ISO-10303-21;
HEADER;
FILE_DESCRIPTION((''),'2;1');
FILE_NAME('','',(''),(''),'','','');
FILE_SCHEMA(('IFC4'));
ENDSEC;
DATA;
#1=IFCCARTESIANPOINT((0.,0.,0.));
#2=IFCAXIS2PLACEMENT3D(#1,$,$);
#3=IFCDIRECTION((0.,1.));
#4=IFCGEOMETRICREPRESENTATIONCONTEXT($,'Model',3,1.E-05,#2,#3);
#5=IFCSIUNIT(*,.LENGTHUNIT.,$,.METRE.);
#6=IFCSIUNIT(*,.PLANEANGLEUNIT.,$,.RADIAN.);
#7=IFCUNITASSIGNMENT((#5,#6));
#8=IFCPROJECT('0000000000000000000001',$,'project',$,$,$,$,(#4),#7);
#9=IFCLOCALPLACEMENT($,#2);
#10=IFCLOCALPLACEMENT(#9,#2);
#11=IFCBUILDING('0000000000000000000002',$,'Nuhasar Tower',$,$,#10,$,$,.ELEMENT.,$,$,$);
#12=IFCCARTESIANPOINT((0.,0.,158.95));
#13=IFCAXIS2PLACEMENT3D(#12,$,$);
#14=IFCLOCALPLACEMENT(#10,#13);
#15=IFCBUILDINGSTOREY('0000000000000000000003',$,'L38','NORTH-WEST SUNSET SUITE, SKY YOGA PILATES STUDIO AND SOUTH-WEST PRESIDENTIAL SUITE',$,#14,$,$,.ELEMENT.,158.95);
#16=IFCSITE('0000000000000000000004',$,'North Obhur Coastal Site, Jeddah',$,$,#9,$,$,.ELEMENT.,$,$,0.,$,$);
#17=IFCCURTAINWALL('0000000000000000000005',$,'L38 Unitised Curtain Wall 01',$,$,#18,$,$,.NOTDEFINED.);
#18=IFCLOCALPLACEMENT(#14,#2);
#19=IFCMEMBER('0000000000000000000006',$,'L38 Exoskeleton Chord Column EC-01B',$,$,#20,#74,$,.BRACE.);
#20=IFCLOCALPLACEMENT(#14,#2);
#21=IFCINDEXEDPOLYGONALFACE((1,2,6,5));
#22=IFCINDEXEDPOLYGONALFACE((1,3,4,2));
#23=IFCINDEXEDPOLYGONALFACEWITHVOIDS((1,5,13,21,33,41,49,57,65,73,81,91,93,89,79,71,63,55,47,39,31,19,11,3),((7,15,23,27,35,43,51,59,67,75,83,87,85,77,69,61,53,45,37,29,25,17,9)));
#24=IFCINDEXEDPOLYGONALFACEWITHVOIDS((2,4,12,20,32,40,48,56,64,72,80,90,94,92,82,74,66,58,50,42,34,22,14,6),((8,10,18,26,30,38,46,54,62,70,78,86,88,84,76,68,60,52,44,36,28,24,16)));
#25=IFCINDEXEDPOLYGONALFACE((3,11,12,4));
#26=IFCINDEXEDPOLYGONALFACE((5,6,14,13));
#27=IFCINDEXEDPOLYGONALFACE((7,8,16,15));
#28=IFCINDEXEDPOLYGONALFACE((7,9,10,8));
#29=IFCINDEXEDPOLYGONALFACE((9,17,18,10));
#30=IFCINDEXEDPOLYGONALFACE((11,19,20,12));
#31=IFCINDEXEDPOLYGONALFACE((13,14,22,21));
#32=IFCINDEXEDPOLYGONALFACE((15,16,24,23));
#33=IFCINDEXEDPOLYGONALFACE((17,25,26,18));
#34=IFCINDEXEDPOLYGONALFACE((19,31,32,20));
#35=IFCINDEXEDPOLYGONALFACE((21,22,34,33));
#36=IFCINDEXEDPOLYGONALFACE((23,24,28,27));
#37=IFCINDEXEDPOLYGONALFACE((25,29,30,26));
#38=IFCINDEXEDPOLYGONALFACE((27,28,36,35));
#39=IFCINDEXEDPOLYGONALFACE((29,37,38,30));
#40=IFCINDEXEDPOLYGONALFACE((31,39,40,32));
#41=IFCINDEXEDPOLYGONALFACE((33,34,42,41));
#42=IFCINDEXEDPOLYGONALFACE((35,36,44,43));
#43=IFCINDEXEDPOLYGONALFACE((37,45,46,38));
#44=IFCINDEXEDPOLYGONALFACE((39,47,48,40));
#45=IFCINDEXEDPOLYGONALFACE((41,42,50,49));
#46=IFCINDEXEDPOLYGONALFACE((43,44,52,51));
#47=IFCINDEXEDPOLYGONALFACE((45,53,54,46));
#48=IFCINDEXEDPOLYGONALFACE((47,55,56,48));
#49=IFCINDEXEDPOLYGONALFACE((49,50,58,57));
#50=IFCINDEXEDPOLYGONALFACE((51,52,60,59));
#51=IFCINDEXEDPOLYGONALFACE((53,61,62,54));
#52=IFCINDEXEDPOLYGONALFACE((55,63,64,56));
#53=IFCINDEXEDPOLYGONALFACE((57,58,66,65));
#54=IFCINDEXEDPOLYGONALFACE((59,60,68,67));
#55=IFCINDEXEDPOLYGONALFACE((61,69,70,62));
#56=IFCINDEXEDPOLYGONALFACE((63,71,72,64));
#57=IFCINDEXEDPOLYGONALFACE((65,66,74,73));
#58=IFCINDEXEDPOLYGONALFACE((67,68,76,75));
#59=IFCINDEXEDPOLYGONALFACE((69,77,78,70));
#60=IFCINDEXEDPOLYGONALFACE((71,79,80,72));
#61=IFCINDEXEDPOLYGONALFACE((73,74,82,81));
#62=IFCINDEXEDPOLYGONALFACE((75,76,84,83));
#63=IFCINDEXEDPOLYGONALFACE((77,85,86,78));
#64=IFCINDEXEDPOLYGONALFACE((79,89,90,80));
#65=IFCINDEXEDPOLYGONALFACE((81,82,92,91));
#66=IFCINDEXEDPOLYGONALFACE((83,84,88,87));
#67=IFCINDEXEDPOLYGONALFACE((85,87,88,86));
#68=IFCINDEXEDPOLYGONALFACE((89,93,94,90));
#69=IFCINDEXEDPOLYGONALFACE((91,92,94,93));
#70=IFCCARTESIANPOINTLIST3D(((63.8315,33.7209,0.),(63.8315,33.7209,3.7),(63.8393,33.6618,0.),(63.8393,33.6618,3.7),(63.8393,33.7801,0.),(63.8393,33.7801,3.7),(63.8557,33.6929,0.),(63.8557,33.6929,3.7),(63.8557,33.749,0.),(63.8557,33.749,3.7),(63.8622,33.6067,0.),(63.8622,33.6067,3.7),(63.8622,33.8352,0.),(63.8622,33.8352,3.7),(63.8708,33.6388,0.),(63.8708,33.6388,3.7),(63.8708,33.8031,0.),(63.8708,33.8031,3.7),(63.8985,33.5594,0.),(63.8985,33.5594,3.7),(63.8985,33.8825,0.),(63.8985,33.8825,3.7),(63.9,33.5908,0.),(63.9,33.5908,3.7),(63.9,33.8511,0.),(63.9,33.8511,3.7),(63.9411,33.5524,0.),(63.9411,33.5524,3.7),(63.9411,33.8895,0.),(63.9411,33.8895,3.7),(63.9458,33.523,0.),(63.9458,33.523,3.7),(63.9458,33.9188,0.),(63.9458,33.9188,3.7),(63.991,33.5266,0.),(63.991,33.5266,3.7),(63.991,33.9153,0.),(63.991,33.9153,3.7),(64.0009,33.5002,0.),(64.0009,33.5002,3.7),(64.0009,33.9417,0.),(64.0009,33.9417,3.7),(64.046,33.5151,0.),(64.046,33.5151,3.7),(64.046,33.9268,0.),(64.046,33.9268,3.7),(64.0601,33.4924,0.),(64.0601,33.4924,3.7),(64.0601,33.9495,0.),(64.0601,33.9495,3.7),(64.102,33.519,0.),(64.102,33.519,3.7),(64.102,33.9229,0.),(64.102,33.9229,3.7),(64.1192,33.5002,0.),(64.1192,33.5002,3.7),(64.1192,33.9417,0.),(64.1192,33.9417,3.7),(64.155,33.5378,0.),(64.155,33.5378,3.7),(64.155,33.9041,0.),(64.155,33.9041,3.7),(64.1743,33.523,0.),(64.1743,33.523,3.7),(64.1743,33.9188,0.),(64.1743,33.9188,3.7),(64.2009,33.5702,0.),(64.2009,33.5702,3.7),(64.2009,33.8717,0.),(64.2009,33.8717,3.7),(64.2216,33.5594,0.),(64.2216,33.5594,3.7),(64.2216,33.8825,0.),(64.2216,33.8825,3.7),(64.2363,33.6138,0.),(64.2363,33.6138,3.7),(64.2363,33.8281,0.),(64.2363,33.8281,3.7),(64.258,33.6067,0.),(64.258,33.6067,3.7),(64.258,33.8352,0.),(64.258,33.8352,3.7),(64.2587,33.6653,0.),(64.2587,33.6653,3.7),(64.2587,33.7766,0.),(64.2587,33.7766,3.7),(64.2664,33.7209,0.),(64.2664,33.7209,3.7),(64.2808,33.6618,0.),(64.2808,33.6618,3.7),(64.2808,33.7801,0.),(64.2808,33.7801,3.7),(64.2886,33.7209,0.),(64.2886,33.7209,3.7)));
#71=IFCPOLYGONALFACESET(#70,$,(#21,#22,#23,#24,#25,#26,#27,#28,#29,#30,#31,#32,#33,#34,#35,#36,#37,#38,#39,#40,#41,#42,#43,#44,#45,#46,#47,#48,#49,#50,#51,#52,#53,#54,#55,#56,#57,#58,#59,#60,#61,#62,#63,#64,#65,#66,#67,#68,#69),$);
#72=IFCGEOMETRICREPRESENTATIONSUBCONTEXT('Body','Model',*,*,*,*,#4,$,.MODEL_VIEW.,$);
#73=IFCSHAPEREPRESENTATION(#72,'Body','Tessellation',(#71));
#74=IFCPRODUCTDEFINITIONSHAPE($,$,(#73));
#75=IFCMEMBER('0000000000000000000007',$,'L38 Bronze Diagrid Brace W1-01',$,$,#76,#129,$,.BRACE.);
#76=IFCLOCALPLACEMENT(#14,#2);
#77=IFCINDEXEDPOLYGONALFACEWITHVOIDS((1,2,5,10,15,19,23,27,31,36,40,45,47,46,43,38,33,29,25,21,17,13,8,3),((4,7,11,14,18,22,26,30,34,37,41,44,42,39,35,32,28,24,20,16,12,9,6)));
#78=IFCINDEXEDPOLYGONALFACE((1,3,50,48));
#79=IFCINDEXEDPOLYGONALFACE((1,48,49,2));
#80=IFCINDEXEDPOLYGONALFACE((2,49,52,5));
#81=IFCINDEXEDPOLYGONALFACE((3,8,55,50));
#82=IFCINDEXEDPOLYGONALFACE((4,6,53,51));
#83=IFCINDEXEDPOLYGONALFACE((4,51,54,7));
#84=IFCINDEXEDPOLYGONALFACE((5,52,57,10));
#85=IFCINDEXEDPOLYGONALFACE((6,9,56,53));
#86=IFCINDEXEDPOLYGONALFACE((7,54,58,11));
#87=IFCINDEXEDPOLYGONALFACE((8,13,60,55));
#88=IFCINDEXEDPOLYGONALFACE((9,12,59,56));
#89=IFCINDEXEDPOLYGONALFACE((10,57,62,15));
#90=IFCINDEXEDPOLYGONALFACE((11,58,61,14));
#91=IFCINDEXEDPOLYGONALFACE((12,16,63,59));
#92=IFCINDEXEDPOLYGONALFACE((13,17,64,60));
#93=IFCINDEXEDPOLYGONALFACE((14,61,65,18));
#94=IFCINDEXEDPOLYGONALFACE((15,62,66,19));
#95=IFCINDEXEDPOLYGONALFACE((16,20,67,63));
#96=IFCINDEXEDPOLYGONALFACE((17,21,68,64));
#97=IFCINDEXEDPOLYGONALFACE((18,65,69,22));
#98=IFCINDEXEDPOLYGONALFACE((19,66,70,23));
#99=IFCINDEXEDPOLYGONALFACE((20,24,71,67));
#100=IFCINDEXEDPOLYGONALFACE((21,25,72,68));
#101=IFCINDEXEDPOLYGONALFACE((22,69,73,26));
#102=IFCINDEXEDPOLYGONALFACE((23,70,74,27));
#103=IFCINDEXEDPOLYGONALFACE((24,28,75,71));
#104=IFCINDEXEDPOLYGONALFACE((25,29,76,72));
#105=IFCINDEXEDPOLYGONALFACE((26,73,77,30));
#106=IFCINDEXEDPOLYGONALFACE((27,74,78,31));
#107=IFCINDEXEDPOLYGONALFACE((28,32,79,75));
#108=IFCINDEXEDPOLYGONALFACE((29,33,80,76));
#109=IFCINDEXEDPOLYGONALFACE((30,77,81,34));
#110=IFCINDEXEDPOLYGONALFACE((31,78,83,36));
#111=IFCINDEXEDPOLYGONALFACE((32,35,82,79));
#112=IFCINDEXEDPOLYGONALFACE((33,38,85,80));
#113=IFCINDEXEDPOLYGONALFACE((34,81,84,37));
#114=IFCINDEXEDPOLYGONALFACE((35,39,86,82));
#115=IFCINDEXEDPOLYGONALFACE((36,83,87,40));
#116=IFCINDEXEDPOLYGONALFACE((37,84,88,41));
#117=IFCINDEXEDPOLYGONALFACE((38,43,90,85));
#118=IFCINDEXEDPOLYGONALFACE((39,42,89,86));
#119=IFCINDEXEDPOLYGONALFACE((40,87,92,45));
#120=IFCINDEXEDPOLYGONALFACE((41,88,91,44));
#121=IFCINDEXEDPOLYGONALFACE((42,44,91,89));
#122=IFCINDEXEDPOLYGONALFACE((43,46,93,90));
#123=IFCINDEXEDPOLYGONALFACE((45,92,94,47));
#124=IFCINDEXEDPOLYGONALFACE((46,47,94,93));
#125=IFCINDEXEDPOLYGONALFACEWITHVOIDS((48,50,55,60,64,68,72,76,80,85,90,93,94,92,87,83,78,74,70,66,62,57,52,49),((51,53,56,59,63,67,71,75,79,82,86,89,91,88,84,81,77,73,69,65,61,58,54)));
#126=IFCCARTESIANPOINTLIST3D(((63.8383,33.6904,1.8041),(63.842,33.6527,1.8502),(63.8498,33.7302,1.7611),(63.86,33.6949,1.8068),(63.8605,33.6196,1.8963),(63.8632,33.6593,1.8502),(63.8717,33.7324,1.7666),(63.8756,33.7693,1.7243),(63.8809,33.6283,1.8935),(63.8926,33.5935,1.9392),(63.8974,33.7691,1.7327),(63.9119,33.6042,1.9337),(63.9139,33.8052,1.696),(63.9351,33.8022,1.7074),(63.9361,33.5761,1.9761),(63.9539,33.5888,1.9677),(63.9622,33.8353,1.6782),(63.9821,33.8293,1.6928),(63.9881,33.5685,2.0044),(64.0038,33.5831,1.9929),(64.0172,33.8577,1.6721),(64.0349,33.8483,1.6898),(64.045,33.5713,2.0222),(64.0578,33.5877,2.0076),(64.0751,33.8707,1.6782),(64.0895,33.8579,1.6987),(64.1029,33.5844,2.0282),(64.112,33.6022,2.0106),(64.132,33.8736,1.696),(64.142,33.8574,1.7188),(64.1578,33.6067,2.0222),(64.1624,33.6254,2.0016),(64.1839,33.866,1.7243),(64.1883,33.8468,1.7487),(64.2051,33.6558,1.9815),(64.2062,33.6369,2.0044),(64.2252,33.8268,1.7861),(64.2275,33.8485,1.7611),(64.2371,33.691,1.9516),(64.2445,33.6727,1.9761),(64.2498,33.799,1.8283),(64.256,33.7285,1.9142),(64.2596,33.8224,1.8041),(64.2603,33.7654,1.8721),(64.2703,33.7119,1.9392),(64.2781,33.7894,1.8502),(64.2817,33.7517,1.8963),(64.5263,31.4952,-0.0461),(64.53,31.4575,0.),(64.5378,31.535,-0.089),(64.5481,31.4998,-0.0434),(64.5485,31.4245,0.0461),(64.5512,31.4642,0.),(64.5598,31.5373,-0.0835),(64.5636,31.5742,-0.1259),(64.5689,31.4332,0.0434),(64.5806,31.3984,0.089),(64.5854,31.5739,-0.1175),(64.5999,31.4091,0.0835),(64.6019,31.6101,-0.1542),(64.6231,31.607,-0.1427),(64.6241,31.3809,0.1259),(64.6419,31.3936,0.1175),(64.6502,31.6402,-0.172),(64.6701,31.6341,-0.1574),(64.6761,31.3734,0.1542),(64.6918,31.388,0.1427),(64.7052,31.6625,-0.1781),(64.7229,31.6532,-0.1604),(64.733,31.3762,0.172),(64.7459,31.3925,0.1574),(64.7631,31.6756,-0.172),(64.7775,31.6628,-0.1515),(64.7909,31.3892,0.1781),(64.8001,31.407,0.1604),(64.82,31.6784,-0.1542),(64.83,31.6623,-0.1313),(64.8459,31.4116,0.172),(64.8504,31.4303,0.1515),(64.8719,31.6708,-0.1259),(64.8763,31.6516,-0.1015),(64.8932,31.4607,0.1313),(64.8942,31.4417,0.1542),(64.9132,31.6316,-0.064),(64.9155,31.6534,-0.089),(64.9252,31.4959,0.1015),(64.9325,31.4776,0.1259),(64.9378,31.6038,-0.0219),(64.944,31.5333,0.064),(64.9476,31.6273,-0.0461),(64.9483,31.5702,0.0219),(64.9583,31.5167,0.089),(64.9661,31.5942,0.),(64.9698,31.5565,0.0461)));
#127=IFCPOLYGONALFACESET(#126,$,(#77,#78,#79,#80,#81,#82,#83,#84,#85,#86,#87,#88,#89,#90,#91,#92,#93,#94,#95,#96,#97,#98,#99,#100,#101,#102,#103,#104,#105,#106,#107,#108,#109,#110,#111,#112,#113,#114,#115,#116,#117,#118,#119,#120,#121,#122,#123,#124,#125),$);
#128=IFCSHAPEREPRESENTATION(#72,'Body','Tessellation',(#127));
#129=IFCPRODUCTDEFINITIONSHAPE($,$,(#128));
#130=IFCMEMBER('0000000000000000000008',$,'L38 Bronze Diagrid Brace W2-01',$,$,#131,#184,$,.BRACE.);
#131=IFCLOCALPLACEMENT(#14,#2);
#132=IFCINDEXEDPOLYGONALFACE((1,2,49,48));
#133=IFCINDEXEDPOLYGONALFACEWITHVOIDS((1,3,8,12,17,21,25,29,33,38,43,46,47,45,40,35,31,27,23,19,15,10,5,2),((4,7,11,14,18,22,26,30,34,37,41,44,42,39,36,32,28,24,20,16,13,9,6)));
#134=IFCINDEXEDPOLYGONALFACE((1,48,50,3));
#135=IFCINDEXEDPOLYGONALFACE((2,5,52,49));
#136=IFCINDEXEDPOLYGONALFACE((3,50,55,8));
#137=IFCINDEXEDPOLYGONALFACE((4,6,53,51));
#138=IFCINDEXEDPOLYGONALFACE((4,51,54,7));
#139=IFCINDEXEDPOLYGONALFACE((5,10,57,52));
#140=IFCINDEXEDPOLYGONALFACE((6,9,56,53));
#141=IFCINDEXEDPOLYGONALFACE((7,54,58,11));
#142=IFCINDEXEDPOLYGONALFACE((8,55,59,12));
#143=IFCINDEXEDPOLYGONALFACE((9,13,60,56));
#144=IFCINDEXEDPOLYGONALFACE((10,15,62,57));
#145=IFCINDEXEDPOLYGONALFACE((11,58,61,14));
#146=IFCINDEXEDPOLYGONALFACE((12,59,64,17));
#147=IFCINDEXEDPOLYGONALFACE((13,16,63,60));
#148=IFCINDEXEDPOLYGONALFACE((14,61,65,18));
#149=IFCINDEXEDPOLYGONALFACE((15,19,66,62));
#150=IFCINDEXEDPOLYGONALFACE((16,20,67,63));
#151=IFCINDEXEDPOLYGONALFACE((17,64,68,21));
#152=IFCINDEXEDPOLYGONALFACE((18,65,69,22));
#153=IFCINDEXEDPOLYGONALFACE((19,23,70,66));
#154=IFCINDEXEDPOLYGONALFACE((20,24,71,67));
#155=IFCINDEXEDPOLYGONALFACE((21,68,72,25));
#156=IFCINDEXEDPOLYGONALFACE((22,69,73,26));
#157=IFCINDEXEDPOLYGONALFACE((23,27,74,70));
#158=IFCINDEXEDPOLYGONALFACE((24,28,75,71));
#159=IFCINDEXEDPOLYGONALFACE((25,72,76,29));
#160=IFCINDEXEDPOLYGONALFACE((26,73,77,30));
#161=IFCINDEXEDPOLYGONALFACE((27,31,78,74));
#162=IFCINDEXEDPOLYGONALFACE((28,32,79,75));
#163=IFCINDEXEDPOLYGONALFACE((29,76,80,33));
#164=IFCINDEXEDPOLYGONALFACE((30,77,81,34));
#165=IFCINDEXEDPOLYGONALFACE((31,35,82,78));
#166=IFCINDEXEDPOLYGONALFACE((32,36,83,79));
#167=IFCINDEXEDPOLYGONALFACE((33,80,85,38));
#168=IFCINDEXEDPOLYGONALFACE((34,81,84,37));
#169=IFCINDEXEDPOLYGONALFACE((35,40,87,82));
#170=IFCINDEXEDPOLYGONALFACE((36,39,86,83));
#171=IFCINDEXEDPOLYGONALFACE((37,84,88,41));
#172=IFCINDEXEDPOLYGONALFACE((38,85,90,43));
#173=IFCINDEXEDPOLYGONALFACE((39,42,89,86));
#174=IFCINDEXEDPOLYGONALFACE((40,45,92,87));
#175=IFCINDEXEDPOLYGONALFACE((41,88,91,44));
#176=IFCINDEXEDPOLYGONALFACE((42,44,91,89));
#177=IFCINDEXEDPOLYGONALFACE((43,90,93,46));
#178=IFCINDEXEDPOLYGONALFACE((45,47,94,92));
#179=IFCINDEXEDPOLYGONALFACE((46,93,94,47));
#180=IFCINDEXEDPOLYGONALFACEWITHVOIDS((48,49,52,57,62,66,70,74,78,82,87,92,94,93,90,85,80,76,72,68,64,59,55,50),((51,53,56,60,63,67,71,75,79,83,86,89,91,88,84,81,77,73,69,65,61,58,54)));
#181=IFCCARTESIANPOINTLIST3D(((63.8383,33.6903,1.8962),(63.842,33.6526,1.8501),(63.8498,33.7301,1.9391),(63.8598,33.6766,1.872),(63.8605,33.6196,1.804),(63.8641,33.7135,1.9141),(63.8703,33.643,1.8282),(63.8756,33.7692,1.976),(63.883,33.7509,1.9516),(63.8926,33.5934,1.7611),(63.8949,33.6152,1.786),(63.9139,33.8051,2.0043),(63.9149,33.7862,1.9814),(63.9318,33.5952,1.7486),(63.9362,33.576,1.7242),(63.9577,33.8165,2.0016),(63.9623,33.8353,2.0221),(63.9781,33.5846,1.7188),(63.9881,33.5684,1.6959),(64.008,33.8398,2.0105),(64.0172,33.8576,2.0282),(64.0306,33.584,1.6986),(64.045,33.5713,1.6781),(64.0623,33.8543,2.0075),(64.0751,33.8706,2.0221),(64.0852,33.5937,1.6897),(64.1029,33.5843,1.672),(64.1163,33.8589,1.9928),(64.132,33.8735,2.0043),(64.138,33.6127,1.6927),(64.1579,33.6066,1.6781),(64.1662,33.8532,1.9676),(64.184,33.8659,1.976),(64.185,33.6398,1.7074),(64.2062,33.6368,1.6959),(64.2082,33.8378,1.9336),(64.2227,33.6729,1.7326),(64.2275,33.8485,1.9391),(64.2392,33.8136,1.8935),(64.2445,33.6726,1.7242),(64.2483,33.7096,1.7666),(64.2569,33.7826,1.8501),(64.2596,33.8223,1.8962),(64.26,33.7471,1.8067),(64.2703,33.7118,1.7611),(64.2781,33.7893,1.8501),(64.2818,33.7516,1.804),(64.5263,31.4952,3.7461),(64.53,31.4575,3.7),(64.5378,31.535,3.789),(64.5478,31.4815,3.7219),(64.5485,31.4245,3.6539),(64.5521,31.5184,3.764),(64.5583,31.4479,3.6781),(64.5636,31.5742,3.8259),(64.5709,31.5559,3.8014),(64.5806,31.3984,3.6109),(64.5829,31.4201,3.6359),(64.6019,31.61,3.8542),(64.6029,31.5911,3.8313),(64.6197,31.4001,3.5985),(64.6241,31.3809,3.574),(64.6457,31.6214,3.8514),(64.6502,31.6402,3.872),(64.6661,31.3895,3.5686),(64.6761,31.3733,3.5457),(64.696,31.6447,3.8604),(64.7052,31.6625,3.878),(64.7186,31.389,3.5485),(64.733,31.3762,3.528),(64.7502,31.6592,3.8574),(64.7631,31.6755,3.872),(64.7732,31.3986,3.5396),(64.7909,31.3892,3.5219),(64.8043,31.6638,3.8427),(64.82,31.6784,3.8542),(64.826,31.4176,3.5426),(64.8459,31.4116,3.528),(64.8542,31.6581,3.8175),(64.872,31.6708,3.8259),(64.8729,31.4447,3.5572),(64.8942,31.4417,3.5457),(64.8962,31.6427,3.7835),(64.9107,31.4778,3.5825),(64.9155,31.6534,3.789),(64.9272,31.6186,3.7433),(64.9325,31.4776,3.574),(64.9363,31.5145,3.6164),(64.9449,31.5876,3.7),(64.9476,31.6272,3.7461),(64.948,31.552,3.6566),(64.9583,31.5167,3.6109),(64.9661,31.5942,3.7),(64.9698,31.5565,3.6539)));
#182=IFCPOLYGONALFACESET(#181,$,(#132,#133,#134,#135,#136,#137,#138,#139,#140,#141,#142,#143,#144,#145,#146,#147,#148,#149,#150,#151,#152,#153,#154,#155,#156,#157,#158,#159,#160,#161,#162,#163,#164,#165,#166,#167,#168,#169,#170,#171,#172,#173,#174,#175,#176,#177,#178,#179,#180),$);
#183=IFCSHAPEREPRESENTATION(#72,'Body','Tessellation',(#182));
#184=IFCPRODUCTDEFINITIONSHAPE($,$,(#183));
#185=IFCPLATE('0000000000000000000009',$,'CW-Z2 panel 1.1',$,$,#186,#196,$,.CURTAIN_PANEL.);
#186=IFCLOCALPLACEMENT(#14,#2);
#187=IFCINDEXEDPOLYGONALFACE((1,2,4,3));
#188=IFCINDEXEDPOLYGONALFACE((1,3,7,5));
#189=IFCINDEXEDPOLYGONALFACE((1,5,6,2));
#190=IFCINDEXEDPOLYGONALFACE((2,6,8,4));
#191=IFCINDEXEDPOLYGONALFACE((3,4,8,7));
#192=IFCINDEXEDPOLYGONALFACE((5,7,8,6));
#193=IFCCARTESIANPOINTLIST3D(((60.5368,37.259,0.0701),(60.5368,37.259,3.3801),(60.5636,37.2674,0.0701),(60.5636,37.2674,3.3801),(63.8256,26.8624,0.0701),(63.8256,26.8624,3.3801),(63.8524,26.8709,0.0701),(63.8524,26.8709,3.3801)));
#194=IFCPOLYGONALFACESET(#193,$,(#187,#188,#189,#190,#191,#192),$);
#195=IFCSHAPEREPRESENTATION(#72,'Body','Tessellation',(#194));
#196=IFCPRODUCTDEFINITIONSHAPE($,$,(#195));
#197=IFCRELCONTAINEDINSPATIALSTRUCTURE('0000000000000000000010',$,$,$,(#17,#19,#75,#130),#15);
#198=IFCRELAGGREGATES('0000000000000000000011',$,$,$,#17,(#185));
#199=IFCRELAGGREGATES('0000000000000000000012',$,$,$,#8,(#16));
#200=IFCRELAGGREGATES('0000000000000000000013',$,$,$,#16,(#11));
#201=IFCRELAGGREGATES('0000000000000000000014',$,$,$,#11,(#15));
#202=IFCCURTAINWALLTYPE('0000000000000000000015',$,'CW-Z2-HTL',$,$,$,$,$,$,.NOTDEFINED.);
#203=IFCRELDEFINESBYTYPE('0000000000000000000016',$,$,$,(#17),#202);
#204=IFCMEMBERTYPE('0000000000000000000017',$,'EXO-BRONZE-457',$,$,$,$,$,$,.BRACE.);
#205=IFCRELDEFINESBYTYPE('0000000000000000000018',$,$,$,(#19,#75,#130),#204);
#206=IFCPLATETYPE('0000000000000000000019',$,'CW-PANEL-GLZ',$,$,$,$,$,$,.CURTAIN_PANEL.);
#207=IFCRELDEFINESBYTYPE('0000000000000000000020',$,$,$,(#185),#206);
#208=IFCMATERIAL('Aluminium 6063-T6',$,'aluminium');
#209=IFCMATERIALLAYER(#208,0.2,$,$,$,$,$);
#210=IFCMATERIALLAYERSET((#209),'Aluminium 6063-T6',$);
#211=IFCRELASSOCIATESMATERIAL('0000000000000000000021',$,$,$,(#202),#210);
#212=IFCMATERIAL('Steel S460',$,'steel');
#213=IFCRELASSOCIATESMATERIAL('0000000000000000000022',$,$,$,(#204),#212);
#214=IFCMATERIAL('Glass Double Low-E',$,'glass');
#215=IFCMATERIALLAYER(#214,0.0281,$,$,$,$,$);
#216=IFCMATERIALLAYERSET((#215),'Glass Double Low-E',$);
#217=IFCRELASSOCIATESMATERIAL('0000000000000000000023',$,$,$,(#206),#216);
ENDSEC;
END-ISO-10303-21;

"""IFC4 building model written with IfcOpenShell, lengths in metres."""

from ifc_helpers import new_model, si_unit, direction, frame, origin, origin_2d, place, context, subcontext, project, spatial, rectangle, hollow_circle, extrude, material, layer, layer_set, material_profile, profile_set, type_object, element, aggregate, save


model = new_model("IFC4")

# Units and contexts
model_context = context("Model", 3, precision=1e-05, world=origin(), true_north=direction((0.0, 1.0)))
body_context = subcontext(model_context, "Body", "Model", "MODEL_VIEW")
ifc_project = project(units=[si_unit("LENGTHUNIT", "METRE"), si_unit("PLANEANGLEUNIT", "RADIAN")], contexts=[model_context])

# Site, building, storey
site_placement = place(None, origin())
site = spatial("IfcSite", under=ifc_project, at=site_placement, Name="North Obhur Coastal Site, Jeddah", CompositionType="ELEMENT", RefElevation=0.0)
building_placement = place(site_placement, origin())
building = spatial("IfcBuilding", under=site, at=building_placement, Name="Nuhasar Tower", CompositionType="ELEMENT")
storey_placement = place(building_placement, frame((0.0, 0.0, 158.95)))
storey = spatial("IfcBuildingStorey", under=building, at=storey_placement, Name="L38", Description="NORTH-WEST SUNSET SUITE, SKY YOGA PILATES STUDIO AND SOUTH-WEST PRESIDENTIAL SUITE", CompositionType="ELEMENT", Elevation=158.95)

# Curtain wall
ifc_material_1 = material(Name="Aluminium 6063-T6", Category="aluminium")
ifc_layer_1 = layer(ifc_material_1, 0.2)
ifc_layer_set_1 = layer_set([ifc_layer_1], Name="Aluminium 6063-T6")
curtain_wall_type = type_object("IfcCurtainWallType", Name="CW-Z2-HTL", PredefinedType="NOTDEFINED", material=ifc_layer_set_1)
curtain_wall_placement = place(storey_placement, origin())
curtain_wall = element("IfcCurtainWall", 1, at=curtain_wall_placement, inside=storey, type_object=curtain_wall_type, Name="L38 Unitised Curtain Wall 01", PredefinedType="NOTDEFINED")

# Members
ifc_material_2 = material(Name="Steel S460", Category="steel")
ifc_material_profile_1 = material_profile(ifc_material_2, hollow_circle(Radius=0.2285, WallThickness=0.0222, at=origin_2d()), Name="HSS457X22.2")
ifc_profile_set_1 = profile_set([ifc_material_profile_1], Name="Steel S460")
member_type_1 = type_object("IfcMemberType", Name="EXO-BRONZE-457", PredefinedType="BRACE", material=ifc_profile_set_1)
for number, where, z_axis, x_axis, name in (
    (2, (64.0601, 33.7209, 0.0), (0.0, 0.0, 1.0), (1.0, 0.0, 0.0), "L38 Exoskeleton Chord Column EC-01B"),
):
    element("IfcMember", number, at=place(storey_placement, frame(where, z_axis=z_axis, x_axis=x_axis)), inside=storey, type_object=member_type_1, Name=name, PredefinedType="BRACE", context=body_context, shape_type="SweptSolid", body=[
        extrude(hollow_circle(Radius=0.2285, WallThickness=0.0222, at=origin_2d()), origin(), (0.0, 0.0, 1.0), 3.7),
    ])
member_1_placement = place(storey_placement, frame((64.748, 31.5259, 0.0), z_axis=(-0.233056, 0.743578, 0.626719), x_axis=(-0.954228, -0.299079, 0.0)))
element("IfcMember", 3, at=member_1_placement, inside=storey, type_object=member_type_1, Name="L38 Bronze Diagrid Brace W1-01", PredefinedType="BRACE", context=body_context, shape_type="SweptSolid", body=[
    extrude(hollow_circle(Radius=0.2285, WallThickness=0.0222, at=origin_2d()), origin(), (0.0, 0.0, 1.0), 2.9521),
])
member_2_placement = place(storey_placement, frame((64.0601, 33.7209, 1.8501), z_axis=(0.233068, -0.743616, 0.626669), x_axis=(0.954228, 0.299079, 0.0)))
element("IfcMember", 4, at=member_2_placement, inside=storey, type_object=member_type_1, Name="L38 Bronze Diagrid Brace W2-01", PredefinedType="BRACE", context=body_context, shape_type="SweptSolid", body=[
    extrude(hollow_circle(Radius=0.2285, WallThickness=0.0222, at=origin_2d()), origin(), (0.0, 0.0, 1.0), 2.9519),
])

# Plate
ifc_material_3 = material(Name="Glass Double Low-E", Category="glass")
ifc_layer_2 = layer(ifc_material_3, 0.0281)
ifc_layer_set_2 = layer_set([ifc_layer_2], Name="Glass Double Low-E")
plate_type = type_object("IfcPlateType", Name="CW-PANEL-GLZ", PredefinedType="CURTAIN_PANEL", material=ifc_layer_set_2)
plate_placement = place(storey_placement, frame((62.1946, 32.0649, 0.0701), z_axis=(0.0, 0.0, 1.0), x_axis=(-0.301604, 0.953433, 0.0)))
plate = element("IfcPlate", 5, at=plate_placement, type_object=plate_type, Name="CW-Z2 panel 1.1", PredefinedType="CURTAIN_PANEL", context=body_context, shape_type="SweptSolid", body=[
    extrude(rectangle(XDim=10.9043, YDim=0.0281, at=origin_2d()), origin(), (0.0, 0.0, 1.0), 3.3101),
])
aggregate(curtain_wall, [plate])

save(model, "model.ifc")
